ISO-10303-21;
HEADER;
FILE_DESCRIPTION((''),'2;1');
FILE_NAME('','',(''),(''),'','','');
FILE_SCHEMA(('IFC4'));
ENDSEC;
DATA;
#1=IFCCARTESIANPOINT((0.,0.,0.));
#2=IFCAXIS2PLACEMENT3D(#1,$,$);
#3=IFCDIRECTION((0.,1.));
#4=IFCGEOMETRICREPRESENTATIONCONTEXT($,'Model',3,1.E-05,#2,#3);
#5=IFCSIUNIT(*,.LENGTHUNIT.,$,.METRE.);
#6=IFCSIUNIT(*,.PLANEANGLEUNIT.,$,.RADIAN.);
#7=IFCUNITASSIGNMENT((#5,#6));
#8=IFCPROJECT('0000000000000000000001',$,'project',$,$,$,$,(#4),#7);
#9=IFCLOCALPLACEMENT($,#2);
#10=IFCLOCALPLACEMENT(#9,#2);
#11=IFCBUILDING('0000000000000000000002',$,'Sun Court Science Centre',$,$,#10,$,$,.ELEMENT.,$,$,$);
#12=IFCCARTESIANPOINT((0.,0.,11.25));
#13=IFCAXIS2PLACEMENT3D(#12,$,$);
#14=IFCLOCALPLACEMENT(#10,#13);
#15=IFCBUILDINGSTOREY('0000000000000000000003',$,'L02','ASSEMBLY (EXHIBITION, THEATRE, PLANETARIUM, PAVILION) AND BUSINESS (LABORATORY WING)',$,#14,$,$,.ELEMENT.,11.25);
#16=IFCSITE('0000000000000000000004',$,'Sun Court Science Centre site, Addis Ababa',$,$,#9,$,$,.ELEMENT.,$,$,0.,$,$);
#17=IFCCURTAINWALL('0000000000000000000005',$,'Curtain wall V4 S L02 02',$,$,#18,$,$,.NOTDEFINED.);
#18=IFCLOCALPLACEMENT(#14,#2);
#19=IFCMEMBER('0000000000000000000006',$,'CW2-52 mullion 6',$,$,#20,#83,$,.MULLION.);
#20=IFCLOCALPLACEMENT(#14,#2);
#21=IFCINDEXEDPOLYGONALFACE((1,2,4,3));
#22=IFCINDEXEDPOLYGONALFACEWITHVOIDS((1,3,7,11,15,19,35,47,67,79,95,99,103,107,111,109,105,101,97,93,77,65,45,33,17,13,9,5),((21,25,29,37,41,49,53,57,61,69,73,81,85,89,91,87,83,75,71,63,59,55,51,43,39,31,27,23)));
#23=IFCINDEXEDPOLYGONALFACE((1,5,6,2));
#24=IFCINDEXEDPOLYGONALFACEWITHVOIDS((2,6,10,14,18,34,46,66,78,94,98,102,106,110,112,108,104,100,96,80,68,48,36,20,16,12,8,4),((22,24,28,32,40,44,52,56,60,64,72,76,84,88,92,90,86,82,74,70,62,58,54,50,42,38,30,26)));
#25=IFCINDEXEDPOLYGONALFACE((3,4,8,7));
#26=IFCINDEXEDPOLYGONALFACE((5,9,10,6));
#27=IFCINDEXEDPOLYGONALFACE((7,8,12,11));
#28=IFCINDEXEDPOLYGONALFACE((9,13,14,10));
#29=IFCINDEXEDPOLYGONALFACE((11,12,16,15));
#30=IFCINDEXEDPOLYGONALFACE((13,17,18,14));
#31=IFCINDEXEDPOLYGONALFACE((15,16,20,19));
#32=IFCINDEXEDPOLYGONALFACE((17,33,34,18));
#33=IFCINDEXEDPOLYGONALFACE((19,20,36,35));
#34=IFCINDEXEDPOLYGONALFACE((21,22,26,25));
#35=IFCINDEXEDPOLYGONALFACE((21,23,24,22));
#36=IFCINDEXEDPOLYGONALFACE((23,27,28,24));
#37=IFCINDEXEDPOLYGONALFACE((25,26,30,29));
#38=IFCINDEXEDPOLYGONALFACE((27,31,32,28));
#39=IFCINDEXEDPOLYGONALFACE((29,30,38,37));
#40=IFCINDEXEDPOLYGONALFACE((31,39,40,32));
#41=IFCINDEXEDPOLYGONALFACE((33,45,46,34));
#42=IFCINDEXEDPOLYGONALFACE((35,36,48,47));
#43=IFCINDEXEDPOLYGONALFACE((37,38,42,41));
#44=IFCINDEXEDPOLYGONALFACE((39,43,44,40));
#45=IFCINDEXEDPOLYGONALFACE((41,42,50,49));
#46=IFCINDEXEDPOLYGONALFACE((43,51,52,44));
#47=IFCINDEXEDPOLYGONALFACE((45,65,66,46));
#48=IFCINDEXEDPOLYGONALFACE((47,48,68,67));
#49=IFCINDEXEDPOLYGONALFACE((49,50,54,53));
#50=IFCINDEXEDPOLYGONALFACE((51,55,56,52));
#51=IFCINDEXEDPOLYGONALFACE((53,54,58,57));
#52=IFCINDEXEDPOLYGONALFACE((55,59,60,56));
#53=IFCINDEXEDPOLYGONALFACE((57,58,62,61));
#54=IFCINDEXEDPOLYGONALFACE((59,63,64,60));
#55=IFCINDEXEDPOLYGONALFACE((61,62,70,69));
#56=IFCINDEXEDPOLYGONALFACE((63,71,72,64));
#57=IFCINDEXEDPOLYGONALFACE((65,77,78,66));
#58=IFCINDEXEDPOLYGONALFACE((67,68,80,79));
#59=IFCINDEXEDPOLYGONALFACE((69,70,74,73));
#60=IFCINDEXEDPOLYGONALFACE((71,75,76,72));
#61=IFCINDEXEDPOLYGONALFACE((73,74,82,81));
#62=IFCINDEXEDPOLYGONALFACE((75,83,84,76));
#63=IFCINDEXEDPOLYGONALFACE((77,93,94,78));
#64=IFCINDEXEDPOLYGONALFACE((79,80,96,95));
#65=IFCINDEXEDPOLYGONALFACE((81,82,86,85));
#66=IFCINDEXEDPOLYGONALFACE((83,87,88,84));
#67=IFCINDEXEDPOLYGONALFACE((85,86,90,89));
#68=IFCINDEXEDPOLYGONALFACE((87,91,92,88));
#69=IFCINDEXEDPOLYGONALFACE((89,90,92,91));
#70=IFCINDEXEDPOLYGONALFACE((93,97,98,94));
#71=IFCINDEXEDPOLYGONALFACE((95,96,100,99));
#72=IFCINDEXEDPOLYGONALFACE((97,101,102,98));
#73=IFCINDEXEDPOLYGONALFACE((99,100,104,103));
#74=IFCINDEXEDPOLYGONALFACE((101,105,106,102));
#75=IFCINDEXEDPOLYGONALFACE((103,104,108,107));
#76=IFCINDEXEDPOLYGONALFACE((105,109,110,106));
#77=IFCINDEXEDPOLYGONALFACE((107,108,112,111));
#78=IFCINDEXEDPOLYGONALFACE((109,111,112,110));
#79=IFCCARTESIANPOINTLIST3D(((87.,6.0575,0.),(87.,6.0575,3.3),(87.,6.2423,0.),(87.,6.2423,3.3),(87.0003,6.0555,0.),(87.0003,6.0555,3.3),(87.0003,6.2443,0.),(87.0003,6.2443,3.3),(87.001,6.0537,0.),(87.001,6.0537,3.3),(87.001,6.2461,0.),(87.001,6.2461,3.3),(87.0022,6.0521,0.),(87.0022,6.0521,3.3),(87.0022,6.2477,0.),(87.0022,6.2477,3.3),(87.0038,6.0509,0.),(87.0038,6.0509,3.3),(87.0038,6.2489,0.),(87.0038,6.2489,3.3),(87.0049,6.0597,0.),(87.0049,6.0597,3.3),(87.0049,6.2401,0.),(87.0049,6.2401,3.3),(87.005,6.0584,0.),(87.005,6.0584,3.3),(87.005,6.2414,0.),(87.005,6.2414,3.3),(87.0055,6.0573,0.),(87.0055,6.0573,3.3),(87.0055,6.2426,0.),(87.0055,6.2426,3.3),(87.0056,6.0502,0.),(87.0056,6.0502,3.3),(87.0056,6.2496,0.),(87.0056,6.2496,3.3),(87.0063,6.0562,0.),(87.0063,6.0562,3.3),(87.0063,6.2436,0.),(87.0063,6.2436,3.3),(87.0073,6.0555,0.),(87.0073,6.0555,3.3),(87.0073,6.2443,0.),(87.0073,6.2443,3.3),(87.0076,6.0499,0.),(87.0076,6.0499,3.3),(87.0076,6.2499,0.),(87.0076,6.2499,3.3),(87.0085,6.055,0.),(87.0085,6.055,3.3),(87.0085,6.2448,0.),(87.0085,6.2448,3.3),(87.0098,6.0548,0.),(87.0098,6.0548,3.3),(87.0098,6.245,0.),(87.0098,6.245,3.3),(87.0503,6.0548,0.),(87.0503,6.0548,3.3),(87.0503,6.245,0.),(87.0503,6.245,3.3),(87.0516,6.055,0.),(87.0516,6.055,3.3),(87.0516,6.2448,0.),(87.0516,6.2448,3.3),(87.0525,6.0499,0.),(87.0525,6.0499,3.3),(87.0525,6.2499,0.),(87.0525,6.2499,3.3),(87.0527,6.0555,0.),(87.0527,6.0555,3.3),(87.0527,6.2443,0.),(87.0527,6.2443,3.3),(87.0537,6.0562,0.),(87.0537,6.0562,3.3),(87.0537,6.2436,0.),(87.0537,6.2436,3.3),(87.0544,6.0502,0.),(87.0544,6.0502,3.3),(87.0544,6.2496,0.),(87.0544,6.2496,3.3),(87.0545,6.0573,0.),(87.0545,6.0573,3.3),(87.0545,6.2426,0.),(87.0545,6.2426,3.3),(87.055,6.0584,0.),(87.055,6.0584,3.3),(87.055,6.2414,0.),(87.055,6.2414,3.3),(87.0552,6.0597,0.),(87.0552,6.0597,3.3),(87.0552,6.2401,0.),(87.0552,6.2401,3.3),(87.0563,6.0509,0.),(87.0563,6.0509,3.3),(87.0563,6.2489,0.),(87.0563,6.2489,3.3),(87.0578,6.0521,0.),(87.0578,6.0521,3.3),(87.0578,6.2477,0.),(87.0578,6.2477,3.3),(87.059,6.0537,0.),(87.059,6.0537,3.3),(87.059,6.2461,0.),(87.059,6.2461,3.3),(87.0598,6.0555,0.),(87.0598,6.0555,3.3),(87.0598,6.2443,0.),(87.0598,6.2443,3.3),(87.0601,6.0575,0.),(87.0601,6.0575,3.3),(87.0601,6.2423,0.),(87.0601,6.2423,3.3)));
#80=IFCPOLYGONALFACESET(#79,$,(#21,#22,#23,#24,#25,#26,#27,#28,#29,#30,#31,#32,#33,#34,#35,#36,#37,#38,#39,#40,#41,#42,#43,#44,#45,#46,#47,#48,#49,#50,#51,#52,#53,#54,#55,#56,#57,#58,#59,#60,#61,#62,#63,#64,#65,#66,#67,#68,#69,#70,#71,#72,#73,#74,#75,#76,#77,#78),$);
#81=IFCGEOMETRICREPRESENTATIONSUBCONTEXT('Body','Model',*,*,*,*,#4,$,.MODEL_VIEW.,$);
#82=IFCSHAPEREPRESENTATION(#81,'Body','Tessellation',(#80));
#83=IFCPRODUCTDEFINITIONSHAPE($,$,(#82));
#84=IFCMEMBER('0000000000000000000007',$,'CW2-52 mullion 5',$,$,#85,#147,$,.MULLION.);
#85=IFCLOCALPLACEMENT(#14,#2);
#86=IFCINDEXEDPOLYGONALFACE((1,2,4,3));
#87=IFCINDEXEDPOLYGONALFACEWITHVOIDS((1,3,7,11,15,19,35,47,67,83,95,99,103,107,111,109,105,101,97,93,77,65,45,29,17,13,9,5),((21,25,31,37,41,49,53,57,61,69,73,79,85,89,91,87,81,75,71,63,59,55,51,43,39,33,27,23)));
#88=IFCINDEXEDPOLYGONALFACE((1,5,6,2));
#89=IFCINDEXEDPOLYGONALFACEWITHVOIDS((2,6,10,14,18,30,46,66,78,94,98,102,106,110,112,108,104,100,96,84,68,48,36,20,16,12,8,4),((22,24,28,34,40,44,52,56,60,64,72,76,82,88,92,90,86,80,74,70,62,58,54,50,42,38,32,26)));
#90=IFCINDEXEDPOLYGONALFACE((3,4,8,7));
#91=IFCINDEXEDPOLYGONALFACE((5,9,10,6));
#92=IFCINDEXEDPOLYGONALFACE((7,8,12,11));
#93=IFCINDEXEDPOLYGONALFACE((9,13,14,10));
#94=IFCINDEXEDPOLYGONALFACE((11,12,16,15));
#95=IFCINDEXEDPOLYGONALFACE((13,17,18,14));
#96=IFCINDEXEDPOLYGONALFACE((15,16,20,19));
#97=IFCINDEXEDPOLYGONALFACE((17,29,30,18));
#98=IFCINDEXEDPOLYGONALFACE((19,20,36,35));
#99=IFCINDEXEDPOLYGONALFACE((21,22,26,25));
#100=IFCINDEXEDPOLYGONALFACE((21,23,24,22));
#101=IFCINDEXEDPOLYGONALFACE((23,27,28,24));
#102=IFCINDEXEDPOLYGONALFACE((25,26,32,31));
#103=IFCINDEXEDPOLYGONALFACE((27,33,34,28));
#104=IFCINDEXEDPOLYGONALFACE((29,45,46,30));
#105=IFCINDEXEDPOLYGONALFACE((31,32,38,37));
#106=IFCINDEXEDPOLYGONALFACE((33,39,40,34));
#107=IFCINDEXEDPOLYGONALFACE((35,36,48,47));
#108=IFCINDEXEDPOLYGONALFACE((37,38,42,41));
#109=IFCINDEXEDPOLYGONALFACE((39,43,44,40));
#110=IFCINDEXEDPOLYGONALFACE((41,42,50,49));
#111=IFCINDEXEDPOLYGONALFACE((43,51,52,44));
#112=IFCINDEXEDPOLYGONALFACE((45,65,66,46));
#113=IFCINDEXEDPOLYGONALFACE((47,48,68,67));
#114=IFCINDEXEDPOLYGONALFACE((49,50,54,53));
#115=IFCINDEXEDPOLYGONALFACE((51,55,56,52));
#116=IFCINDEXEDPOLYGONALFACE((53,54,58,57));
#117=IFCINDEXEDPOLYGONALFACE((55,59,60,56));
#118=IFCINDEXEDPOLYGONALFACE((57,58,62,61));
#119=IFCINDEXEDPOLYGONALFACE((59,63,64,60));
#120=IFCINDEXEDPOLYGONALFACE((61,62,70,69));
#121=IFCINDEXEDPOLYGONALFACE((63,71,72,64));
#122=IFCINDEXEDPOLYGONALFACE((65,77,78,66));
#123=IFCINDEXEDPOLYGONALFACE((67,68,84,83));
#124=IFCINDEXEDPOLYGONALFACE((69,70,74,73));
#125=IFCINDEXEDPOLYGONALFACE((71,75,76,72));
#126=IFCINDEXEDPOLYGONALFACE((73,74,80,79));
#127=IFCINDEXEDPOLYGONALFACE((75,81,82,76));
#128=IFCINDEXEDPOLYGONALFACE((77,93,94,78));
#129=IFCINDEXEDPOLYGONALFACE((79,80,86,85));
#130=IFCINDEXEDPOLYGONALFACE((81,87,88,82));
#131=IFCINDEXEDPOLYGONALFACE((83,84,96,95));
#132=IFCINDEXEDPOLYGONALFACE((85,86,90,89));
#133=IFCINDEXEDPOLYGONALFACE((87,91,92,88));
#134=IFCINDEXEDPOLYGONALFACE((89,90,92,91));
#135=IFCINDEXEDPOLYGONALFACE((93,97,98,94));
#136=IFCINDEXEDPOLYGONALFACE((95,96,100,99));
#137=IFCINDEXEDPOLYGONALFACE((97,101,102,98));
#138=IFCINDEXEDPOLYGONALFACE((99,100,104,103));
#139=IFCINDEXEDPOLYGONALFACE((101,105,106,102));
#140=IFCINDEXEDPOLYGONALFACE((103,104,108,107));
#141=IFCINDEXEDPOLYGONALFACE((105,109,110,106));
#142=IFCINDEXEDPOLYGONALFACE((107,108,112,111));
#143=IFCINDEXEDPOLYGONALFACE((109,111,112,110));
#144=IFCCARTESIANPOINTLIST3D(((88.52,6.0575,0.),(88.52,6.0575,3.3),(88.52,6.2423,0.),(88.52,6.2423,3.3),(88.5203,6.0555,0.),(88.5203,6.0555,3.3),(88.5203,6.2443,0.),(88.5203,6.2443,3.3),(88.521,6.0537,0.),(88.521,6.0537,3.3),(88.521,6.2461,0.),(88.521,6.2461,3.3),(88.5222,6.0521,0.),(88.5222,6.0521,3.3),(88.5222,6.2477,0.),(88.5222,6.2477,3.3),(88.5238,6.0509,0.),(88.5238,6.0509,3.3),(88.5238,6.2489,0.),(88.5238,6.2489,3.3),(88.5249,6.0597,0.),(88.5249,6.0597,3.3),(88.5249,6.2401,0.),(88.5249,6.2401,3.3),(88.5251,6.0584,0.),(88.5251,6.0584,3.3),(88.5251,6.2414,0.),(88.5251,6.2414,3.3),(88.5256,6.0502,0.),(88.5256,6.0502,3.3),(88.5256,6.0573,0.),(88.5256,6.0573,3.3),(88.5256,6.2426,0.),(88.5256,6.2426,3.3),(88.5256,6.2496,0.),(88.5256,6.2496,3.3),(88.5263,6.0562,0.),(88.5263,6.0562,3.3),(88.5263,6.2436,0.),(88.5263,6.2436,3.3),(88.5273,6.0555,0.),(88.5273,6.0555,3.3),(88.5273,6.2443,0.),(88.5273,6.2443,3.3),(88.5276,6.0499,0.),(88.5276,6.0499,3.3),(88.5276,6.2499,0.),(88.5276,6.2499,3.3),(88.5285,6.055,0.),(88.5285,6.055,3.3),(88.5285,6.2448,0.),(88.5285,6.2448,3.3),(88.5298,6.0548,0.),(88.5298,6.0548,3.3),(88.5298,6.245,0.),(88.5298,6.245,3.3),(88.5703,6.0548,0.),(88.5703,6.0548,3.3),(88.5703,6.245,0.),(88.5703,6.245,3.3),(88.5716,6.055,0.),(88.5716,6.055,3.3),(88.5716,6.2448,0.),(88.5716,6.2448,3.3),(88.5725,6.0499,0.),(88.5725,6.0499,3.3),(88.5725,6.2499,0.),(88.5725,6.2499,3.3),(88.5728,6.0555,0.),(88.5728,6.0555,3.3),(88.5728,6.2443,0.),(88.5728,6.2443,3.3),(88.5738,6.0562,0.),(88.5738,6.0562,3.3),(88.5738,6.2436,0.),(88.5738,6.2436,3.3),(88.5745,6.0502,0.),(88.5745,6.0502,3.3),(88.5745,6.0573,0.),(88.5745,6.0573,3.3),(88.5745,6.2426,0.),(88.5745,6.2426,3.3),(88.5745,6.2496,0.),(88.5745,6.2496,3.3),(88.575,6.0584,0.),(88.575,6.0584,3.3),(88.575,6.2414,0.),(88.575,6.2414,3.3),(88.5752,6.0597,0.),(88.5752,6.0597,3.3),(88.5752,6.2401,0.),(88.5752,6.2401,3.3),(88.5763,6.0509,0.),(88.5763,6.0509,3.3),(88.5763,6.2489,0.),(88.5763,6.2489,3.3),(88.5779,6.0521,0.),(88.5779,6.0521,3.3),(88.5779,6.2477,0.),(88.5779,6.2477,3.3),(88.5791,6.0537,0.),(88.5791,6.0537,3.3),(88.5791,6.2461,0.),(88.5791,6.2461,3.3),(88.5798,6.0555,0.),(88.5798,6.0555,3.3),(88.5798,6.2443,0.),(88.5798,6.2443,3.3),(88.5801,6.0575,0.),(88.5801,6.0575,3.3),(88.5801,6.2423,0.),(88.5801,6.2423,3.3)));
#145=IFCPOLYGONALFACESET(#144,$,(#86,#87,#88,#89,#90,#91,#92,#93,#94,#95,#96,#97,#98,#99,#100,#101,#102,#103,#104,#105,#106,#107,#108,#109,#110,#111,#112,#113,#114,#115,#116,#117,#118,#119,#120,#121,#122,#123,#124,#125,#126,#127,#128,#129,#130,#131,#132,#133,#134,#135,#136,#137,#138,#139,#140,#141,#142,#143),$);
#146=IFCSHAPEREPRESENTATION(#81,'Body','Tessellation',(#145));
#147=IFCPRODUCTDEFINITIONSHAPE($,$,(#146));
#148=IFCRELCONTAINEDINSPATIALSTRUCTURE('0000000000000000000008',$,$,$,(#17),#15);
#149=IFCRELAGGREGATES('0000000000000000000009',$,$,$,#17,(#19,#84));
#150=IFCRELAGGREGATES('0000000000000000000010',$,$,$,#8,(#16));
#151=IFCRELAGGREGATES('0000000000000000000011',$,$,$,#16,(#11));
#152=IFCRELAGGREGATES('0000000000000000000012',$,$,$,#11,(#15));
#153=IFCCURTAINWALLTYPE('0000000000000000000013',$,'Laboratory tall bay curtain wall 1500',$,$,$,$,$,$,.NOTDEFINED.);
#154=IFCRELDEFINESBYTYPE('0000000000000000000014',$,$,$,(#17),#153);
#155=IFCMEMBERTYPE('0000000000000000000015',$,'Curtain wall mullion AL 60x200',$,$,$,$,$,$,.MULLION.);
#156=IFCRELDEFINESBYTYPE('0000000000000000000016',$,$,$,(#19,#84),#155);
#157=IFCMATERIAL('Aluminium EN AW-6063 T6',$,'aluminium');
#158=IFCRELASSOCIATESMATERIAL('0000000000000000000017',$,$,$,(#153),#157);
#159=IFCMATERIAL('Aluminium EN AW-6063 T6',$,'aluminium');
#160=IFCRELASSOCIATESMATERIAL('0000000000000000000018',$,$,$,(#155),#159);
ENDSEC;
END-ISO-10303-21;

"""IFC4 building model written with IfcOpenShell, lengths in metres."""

from ifc_helpers import new_model, si_unit, direction, frame, origin, origin_2d, place, context, subcontext, project, spatial, hollow_rectangle, extrude, material, material_profile, profile_set, type_object, element, aggregate, save


model = new_model("IFC4")

# Units and contexts
model_context = context("Model", 3, precision=1e-05, world=origin(), true_north=direction((0.0, 1.0)))
body_context = subcontext(model_context, "Body", "Model", "MODEL_VIEW")
ifc_project = project(units=[si_unit("LENGTHUNIT", "METRE"), si_unit("PLANEANGLEUNIT", "RADIAN")], contexts=[model_context])

# Site, building, storey
site_placement = place(None, origin())
site = spatial("IfcSite", under=ifc_project, at=site_placement, Name="Sun Court Science Centre site, Addis Ababa", CompositionType="ELEMENT", RefElevation=0.0)
building_placement = place(site_placement, origin())
building = spatial("IfcBuilding", under=site, at=building_placement, Name="Sun Court Science Centre", CompositionType="ELEMENT")
storey_placement = place(building_placement, frame((0.0, 0.0, 11.25)))
storey = spatial("IfcBuildingStorey", under=building, at=storey_placement, Name="L02", Description="ASSEMBLY (EXHIBITION, THEATRE, PLANETARIUM, PAVILION) AND BUSINESS (LABORATORY WING)", CompositionType="ELEMENT", Elevation=11.25)

# Curtain wall, members
ifc_material_1 = material(Name="Aluminium EN AW-6063 T6", Category="aluminium")
curtain_wall_type = type_object("IfcCurtainWallType", Name="Laboratory tall bay curtain wall 1500", PredefinedType="NOTDEFINED", material=ifc_material_1)
curtain_wall_placement = place(storey_placement, origin())
curtain_wall = element("IfcCurtainWall", 1, at=curtain_wall_placement, inside=storey, type_object=curtain_wall_type, Name="Curtain wall V4 S L02 02", PredefinedType="NOTDEFINED")
ifc_material_2 = material(Name="Aluminium EN AW-6063 T6", Category="aluminium")
ifc_material_profile_1 = material_profile(ifc_material_2, hollow_rectangle(XDim=0.0601, YDim=0.2, WallThickness=0.0049, InnerFilletRadius=0.0049, OuterFilletRadius=0.0076, at=origin_2d()), Name="AL 60x200x5")
ifc_profile_set_1 = profile_set([ifc_material_profile_1], Name="Aluminium EN AW-6063 T6")
member_type_1 = type_object("IfcMemberType", Name="Curtain wall mullion AL 60x200", PredefinedType="MULLION", material=ifc_profile_set_1)
member_1_placement = place(storey_placement, frame((87.03, 6.1499, 0.0), z_axis=(0.0, 0.0, 1.0), x_axis=(-1.0, 0.0, 0.0)))
member_1 = element("IfcMember", 2, at=member_1_placement, type_object=member_type_1, Name="CW2-52 mullion 6", PredefinedType="MULLION", context=body_context, shape_type="SweptSolid", body=[
    extrude(hollow_rectangle(XDim=0.0601, YDim=0.2, WallThickness=0.0049, InnerFilletRadius=0.0049, OuterFilletRadius=0.0076, at=origin_2d()), origin(), (0.0, 0.0, 1.0), 3.3),
])
member_2_placement = place(storey_placement, frame((88.55, 6.1499, 0.0), z_axis=(0.0, 0.0, 1.0), x_axis=(-1.0, 0.0, 0.0)))
member_2 = element("IfcMember", 3, at=member_2_placement, type_object=member_type_1, Name="CW2-52 mullion 5", PredefinedType="MULLION", context=body_context, shape_type="SweptSolid", body=[
    extrude(hollow_rectangle(XDim=0.0601, YDim=0.2, WallThickness=0.0049, InnerFilletRadius=0.0049, OuterFilletRadius=0.0076, at=origin_2d()), origin(), (0.0, 0.0, 1.0), 3.3),
])

aggregate(curtain_wall, [member_1, member_2])

save(model, "model.ifc")
